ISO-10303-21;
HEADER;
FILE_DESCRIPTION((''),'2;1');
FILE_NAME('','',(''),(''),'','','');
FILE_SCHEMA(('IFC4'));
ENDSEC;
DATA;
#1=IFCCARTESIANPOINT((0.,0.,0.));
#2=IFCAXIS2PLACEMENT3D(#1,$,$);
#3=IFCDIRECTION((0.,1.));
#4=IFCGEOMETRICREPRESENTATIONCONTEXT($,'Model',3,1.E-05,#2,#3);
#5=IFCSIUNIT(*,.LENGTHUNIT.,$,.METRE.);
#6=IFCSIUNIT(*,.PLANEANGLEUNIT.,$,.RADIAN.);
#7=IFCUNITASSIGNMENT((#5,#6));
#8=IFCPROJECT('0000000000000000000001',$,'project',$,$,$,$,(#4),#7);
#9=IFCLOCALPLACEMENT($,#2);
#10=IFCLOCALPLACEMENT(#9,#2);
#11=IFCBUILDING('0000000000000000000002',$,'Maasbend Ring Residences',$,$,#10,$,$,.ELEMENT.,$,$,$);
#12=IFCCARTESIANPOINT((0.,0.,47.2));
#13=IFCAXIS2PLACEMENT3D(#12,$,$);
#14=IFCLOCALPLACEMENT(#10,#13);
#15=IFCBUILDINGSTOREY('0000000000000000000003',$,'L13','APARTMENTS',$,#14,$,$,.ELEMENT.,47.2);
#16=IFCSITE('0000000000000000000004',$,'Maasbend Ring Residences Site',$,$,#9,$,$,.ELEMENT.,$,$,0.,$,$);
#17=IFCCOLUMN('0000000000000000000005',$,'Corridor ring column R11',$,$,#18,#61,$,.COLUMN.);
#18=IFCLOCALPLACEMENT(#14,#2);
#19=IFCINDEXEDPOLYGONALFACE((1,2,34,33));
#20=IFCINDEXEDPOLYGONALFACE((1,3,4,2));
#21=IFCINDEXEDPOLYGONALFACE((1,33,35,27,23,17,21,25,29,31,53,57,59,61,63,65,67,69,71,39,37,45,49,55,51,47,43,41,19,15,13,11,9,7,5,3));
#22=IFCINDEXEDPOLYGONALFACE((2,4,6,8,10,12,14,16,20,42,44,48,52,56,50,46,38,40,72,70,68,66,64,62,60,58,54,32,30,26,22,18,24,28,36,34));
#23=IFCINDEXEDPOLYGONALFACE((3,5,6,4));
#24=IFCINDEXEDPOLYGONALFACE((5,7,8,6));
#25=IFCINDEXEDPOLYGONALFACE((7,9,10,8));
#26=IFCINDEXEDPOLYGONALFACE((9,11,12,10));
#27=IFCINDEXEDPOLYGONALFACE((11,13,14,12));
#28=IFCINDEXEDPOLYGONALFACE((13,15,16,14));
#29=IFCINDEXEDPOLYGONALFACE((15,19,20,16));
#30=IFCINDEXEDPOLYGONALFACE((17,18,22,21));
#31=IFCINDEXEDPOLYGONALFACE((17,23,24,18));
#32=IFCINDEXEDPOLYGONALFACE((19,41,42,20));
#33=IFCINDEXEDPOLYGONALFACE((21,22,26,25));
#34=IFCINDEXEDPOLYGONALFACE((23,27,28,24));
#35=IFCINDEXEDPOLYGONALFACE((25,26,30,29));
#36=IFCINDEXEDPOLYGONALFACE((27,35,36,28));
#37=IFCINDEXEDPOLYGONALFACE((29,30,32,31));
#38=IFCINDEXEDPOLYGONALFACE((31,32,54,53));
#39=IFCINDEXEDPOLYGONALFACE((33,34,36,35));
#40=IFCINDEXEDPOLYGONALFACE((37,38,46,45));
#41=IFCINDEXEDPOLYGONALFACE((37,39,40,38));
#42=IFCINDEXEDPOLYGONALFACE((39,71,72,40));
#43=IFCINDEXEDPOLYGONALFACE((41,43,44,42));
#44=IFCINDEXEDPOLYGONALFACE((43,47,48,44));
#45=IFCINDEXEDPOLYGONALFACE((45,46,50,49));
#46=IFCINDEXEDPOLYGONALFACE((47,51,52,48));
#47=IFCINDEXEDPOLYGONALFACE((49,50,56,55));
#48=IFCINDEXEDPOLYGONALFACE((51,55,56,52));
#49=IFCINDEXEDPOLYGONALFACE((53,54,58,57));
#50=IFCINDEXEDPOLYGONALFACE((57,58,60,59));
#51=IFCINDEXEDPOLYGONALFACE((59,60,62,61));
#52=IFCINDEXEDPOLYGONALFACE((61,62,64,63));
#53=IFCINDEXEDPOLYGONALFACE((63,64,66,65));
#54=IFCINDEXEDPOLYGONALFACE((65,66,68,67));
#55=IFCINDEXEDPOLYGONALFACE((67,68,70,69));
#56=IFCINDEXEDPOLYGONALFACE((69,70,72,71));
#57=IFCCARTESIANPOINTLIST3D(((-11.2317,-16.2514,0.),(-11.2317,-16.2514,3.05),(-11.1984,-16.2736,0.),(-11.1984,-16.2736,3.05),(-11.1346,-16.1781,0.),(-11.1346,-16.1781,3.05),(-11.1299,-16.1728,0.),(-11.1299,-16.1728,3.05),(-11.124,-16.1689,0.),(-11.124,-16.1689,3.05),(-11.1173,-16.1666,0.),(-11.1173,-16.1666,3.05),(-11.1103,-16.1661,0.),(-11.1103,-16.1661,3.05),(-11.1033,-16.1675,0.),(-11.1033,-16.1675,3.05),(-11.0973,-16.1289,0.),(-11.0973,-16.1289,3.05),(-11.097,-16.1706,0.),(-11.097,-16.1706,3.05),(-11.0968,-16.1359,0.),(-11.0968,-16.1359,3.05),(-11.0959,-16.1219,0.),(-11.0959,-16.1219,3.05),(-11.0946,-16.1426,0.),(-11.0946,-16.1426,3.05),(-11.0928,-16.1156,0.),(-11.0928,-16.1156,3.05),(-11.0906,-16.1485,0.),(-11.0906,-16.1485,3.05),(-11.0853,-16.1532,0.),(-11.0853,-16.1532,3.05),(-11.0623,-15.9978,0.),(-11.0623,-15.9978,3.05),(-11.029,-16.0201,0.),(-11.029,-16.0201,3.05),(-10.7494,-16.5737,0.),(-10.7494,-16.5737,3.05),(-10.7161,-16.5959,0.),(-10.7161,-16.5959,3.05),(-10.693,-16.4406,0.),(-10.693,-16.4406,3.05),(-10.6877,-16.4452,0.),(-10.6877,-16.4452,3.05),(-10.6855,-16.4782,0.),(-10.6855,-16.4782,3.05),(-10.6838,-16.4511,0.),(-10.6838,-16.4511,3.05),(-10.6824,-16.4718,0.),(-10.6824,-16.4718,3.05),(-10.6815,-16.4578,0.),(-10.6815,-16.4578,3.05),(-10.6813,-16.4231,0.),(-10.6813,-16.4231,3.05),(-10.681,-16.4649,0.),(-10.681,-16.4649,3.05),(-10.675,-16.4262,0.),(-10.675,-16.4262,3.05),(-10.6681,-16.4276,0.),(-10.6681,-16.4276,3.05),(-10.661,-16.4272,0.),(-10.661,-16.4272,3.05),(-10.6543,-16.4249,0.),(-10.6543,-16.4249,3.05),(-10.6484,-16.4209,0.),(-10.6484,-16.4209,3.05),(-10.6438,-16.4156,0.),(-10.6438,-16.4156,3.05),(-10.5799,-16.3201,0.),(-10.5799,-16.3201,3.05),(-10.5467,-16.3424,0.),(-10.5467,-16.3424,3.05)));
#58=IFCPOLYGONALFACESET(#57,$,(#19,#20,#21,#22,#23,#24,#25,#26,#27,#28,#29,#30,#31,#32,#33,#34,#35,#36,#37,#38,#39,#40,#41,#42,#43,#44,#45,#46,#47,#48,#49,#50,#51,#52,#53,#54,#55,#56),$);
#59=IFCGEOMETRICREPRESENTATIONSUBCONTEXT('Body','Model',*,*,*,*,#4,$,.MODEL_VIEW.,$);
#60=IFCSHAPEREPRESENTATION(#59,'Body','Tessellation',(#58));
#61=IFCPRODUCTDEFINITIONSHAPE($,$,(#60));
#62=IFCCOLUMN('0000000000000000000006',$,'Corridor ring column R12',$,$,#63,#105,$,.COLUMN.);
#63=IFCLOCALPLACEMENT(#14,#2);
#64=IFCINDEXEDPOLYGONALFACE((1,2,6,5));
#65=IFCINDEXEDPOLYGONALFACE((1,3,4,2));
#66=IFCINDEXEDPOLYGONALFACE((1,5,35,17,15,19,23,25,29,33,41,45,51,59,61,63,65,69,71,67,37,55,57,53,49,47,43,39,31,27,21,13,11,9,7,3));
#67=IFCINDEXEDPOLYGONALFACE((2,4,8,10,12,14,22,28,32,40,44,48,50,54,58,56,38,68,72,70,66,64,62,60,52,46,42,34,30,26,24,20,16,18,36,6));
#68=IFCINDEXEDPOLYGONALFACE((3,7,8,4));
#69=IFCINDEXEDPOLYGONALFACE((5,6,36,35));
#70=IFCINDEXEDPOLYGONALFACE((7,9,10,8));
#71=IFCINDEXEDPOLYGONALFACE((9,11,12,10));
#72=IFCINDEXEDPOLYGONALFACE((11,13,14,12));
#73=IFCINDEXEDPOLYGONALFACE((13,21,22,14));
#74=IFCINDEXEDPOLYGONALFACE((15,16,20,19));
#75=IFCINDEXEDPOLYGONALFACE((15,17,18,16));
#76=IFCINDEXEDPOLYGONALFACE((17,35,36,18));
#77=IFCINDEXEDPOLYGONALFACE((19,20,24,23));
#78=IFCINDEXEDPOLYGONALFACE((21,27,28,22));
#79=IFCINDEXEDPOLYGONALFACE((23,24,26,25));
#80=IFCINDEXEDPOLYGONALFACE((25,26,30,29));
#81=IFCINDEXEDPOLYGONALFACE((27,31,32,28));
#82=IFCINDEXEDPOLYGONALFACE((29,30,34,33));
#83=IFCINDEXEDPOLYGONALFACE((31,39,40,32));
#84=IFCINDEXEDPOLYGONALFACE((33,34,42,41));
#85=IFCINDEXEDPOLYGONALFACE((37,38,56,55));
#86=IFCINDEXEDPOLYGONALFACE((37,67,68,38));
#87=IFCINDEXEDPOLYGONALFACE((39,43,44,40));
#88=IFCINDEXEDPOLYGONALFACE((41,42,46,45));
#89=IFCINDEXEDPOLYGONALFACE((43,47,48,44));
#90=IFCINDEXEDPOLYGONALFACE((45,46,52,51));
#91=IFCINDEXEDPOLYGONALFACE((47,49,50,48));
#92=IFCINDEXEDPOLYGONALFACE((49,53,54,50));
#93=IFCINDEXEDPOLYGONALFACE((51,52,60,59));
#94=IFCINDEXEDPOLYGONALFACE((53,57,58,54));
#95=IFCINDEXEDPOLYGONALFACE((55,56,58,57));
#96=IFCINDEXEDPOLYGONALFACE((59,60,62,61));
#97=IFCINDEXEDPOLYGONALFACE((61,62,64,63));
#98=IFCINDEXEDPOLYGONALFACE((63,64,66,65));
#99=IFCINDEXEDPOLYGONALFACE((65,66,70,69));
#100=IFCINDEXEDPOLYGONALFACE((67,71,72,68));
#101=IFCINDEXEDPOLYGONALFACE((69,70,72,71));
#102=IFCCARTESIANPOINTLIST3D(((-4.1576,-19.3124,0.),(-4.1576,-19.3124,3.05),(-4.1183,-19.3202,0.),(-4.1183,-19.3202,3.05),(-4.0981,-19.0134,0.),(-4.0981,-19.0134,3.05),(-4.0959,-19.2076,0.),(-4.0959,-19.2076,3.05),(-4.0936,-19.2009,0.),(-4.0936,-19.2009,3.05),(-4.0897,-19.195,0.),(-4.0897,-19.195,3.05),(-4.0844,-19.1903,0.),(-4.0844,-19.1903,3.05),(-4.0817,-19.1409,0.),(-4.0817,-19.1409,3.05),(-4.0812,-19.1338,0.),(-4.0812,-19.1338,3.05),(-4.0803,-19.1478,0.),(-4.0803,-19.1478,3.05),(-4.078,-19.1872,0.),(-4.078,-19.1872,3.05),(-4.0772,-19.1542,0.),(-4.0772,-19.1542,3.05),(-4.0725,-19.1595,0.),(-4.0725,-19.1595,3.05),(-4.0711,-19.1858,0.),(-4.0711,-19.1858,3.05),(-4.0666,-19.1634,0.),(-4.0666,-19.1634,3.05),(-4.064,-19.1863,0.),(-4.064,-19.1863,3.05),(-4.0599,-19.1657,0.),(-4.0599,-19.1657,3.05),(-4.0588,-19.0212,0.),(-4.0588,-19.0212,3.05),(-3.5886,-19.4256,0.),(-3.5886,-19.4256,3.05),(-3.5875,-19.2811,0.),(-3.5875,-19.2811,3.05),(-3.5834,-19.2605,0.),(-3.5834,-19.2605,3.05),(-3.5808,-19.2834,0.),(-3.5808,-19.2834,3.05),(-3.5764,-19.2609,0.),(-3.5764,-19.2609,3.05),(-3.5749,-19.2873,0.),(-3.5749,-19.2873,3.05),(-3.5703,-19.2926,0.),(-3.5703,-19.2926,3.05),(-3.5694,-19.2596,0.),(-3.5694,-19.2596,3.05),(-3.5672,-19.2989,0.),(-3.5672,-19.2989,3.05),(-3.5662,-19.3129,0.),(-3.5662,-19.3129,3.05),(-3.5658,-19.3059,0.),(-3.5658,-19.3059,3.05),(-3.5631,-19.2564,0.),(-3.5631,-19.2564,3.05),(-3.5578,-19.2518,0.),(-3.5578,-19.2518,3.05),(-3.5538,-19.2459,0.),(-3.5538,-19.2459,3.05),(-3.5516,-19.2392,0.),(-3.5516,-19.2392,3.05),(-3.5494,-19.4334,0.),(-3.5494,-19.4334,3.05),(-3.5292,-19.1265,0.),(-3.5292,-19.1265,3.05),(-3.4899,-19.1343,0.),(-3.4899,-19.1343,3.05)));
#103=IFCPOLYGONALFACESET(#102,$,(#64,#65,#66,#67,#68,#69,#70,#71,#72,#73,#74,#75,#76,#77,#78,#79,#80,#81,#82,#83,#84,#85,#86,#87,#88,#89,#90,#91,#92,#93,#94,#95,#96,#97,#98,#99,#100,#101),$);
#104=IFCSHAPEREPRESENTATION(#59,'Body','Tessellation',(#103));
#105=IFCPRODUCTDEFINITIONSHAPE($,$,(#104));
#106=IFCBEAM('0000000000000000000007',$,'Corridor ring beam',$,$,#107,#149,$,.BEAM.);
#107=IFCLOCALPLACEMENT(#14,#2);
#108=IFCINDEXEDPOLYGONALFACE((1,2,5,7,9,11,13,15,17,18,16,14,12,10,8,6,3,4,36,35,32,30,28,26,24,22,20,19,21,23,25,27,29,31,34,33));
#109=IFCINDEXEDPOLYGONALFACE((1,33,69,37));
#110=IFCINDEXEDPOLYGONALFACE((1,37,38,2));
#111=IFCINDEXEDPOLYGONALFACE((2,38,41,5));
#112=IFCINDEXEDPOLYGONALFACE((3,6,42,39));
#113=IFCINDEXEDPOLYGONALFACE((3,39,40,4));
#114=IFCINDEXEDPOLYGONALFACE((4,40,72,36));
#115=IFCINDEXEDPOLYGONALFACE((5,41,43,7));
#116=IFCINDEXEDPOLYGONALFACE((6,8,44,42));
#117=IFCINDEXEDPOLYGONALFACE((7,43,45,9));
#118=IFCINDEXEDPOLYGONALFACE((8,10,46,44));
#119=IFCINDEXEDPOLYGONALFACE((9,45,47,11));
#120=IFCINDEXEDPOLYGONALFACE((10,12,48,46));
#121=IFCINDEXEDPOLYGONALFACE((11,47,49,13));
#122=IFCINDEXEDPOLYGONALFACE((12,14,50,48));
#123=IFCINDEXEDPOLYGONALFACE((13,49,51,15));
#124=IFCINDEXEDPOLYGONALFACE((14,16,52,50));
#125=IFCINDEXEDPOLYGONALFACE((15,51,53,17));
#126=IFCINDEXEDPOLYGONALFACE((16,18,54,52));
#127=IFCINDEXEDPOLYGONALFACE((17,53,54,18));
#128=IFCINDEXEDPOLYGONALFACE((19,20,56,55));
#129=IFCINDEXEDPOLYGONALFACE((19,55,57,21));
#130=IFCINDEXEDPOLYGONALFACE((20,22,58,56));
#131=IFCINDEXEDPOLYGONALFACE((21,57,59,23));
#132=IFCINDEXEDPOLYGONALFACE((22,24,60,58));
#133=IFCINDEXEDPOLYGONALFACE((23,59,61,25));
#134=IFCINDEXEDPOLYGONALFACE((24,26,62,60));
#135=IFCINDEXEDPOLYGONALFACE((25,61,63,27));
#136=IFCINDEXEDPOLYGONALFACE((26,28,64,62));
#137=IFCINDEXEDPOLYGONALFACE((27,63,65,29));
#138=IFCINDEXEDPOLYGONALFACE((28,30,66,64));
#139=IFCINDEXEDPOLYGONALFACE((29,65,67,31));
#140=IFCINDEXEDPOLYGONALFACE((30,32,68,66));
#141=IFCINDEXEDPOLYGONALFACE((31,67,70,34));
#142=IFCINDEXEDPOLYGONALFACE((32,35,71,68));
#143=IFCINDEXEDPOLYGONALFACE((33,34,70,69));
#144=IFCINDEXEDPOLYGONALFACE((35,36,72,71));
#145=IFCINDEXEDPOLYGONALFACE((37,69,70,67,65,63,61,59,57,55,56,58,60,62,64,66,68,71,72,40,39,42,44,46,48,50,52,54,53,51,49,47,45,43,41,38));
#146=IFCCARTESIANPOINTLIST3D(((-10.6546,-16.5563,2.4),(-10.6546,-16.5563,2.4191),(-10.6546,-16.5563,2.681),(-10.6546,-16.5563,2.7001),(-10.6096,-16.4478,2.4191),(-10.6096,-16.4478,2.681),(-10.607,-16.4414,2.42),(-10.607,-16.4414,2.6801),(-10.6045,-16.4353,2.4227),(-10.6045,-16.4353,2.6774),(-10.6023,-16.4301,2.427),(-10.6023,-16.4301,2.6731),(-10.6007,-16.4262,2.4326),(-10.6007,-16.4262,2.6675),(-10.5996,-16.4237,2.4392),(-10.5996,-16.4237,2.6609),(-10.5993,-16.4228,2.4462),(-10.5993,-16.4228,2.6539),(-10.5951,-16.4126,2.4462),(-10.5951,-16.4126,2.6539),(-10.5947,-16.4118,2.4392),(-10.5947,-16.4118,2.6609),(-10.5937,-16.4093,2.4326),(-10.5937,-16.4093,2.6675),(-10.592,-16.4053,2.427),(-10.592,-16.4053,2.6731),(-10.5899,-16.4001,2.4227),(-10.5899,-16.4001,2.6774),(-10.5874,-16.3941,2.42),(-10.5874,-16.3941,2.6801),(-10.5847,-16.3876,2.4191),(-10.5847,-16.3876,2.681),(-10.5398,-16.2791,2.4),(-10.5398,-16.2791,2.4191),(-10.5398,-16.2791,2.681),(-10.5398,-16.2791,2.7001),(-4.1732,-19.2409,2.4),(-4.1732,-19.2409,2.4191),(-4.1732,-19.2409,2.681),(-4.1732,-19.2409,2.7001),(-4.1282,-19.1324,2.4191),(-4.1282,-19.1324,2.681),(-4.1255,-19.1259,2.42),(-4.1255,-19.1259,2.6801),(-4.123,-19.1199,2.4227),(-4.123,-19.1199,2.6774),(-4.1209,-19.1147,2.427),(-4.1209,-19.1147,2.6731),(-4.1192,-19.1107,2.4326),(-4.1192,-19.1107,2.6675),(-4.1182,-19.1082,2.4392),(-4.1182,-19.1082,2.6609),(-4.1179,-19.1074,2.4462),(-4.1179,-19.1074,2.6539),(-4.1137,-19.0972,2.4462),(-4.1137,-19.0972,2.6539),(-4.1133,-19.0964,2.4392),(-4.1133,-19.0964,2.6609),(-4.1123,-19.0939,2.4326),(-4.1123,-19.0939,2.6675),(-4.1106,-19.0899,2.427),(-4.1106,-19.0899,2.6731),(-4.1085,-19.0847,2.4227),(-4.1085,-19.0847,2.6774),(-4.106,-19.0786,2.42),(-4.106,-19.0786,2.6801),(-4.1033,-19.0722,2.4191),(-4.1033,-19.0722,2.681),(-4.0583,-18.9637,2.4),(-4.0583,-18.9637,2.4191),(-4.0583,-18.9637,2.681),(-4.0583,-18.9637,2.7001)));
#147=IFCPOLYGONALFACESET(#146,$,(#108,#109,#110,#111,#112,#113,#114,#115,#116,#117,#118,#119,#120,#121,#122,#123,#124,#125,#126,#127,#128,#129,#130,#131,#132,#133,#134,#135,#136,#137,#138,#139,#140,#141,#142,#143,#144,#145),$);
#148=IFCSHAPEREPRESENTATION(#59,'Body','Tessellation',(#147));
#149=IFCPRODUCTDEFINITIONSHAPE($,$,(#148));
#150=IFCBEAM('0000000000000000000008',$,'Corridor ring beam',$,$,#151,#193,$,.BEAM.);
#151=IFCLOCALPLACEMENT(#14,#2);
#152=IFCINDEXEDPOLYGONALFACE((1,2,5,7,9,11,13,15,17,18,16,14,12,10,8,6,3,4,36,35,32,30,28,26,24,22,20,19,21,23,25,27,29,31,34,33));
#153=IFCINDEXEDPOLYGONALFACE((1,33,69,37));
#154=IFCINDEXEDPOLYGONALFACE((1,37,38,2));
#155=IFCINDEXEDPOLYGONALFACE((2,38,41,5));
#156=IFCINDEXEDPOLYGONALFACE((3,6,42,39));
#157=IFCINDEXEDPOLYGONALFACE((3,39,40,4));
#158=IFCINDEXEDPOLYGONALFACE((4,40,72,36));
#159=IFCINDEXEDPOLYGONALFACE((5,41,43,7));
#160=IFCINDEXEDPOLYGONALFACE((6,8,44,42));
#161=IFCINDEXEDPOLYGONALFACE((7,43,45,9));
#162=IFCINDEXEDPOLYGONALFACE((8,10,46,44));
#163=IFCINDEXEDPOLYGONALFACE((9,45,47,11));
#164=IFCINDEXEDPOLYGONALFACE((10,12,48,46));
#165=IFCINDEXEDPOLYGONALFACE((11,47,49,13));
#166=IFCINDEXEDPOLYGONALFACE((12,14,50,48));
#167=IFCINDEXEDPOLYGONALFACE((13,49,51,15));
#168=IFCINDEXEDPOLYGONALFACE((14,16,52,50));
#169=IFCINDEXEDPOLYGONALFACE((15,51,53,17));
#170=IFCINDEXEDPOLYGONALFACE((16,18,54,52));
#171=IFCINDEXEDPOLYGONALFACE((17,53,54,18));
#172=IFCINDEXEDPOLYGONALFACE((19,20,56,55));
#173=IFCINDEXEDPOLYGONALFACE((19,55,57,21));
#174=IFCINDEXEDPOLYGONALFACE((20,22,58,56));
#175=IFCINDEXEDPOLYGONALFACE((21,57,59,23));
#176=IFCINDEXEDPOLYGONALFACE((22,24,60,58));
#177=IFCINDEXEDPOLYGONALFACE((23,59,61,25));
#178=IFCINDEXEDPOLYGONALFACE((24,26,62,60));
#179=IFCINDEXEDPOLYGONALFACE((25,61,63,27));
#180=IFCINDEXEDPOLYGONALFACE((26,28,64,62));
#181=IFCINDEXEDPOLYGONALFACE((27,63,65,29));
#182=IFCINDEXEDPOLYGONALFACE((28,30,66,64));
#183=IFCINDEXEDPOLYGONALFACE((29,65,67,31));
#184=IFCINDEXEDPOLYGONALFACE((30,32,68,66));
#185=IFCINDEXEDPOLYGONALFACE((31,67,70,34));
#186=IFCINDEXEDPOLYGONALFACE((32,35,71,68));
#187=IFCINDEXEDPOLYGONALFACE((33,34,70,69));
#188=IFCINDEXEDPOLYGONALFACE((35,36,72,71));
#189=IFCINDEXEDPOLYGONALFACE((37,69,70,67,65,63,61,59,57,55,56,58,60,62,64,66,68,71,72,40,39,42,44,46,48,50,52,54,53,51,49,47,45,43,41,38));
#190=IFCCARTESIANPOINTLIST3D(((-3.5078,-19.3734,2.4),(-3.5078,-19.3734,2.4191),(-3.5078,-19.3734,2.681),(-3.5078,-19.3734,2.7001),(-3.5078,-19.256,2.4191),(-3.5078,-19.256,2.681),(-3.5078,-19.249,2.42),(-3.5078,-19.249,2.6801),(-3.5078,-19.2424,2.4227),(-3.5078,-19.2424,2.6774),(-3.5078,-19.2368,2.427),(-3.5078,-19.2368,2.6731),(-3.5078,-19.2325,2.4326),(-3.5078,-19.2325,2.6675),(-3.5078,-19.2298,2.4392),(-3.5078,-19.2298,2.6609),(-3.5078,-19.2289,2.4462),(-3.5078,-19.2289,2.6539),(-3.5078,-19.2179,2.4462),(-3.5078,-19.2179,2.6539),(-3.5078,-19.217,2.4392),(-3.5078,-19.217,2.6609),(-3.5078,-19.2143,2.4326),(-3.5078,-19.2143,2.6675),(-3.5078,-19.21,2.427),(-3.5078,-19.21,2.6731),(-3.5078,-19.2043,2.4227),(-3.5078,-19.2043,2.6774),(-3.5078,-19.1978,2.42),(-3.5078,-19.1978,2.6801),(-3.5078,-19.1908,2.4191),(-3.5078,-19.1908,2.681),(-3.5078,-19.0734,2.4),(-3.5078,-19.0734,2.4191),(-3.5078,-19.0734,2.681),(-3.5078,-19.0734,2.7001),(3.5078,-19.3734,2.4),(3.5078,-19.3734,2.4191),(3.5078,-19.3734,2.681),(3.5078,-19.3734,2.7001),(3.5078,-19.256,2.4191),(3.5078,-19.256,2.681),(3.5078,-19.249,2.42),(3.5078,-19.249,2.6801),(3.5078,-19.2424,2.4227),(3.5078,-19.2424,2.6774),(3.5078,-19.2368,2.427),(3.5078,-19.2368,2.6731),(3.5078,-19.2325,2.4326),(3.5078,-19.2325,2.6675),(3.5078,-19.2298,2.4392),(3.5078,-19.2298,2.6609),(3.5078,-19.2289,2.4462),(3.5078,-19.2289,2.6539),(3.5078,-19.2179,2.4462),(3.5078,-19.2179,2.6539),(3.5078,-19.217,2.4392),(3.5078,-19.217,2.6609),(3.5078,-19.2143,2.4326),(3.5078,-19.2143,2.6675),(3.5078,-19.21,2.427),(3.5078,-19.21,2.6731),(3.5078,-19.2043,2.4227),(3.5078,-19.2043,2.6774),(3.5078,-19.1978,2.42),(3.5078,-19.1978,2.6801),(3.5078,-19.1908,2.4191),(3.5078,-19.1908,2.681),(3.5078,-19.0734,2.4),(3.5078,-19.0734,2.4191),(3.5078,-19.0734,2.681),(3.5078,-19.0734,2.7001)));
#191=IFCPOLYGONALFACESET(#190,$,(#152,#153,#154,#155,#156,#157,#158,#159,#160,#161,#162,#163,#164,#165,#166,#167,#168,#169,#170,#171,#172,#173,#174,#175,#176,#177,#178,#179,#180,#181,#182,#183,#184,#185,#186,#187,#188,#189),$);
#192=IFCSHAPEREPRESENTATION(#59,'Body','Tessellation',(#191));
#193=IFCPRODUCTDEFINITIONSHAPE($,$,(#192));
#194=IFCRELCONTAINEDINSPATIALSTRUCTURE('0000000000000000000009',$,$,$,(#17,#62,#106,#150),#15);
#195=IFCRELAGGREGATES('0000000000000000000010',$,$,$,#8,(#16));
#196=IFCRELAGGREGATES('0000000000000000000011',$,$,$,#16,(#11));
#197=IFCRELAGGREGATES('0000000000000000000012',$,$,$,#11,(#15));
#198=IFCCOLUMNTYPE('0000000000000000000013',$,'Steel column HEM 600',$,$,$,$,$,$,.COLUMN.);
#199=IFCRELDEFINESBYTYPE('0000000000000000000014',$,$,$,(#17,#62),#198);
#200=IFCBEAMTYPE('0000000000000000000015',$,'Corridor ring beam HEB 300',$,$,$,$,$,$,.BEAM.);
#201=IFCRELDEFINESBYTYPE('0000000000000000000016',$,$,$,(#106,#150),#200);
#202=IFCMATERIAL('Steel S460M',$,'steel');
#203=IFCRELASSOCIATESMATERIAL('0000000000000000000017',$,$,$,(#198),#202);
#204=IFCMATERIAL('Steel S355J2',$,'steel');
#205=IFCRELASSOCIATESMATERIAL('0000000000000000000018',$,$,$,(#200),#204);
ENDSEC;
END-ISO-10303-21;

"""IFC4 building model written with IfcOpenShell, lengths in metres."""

from ifc_helpers import new_model, si_unit, direction, frame, origin, origin_2d, place, context, subcontext, project, spatial, i_section, extrude, material, material_profile, profile_set, type_object, element, save


model = new_model("IFC4")

# Units and contexts
model_context = context("Model", 3, precision=1e-05, world=origin(), true_north=direction((0.0, 1.0)))
body_context = subcontext(model_context, "Body", "Model", "MODEL_VIEW")
ifc_project = project(units=[si_unit("LENGTHUNIT", "METRE"), si_unit("PLANEANGLEUNIT", "RADIAN")], contexts=[model_context])

# Site, building, storey
site_placement = place(None, origin())
site = spatial("IfcSite", under=ifc_project, at=site_placement, Name="Maasbend Ring Residences Site", CompositionType="ELEMENT", RefElevation=0.0)
building_placement = place(site_placement, origin())
building = spatial("IfcBuilding", under=site, at=building_placement, Name="Maasbend Ring Residences", CompositionType="ELEMENT")
storey_placement = place(building_placement, frame((0.0, 0.0, 47.2)))
storey = spatial("IfcBuildingStorey", under=building, at=storey_placement, Name="L13", Description="APARTMENTS", CompositionType="ELEMENT", Elevation=47.2)

# Columns
ifc_material_1 = material(Name="Steel S460M", Category="steel")
ifc_material_profile_1 = material_profile(ifc_material_1, i_section(OverallWidth=0.3049, OverallDepth=0.6201, WebThickness=0.021, FlangeThickness=0.04, FilletRadius=0.0271, at=origin_2d()), Name="HEM 600")
ifc_profile_set_1 = profile_set([ifc_material_profile_1], Name="Steel S460M")
column_type = type_object("IfcColumnType", Name="Steel column HEM 600", PredefinedType="COLUMN", material=ifc_profile_set_1)
for number, where, z_axis, x_axis, name in (
    (1, (-10.8892, -16.2969, 0.0), (0.0, 0.0, 1.0), (-0.55557, -0.83147, 0.0), "Corridor ring column R11"),
    (2, (-3.8237, -19.2234, 0.0), (0.0, 0.0, 1.0), (-0.19509, -0.980785, 0.0), "Corridor ring column R12"),
):
    element("IfcColumn", number, at=place(storey_placement, frame(where, z_axis=z_axis, x_axis=x_axis)), inside=storey, type_object=column_type, Name=name, PredefinedType="COLUMN", context=body_context, shape_type="SweptSolid", body=[
        extrude(i_section(OverallWidth=0.3049, OverallDepth=0.6201, WebThickness=0.021, FlangeThickness=0.04, FilletRadius=0.0271, at=origin_2d()), origin(), (0.0, 0.0, 1.0), 3.05),
    ])

# Beams
ifc_material_2 = material(Name="Steel S355J2", Category="steel")
ifc_material_profile_2 = material_profile(ifc_material_2, i_section(OverallWidth=0.3, OverallDepth=0.3, WebThickness=0.011, FlangeThickness=0.019, FilletRadius=0.0271, at=origin_2d()), Name="HEB 300")
ifc_profile_set_2 = profile_set([ifc_material_profile_2], Name="Steel S355J2")
beam_type = type_object("IfcBeamType", Name="Corridor ring beam HEB 300", PredefinedType="BEAM", material=ifc_profile_set_2)
beam_1_placement = place(storey_placement, frame((-10.5972, -16.4177, 2.55), z_axis=(0.923886, -0.382667, 0.0), x_axis=(0.382667, 0.923886, 0.0)))
element("IfcBeam", 3, at=beam_1_placement, inside=storey, type_object=beam_type, Name="Corridor ring beam", PredefinedType="BEAM", context=body_context, shape_type="SweptSolid", body=[
    extrude(i_section(OverallWidth=0.3, OverallDepth=0.3, WebThickness=0.011, FlangeThickness=0.019, FilletRadius=0.0271, at=origin_2d()), origin(), (0.0, 0.0, 1.0), 7.0154),
])
beam_2_placement = place(storey_placement, frame((-3.5078, -19.2234, 2.55), z_axis=(1.0, 0.0, 0.0), x_axis=(0.0, 1.0, 0.0)))
element("IfcBeam", 4, at=beam_2_placement, inside=storey, type_object=beam_type, Name="Corridor ring beam", PredefinedType="BEAM", context=body_context, shape_type="SweptSolid", body=[
    extrude(i_section(OverallWidth=0.3, OverallDepth=0.3, WebThickness=0.011, FlangeThickness=0.019, FilletRadius=0.0271, at=origin_2d()), origin(), (0.0, 0.0, 1.0), 7.0156),
])

save(model, "model.ifc")
